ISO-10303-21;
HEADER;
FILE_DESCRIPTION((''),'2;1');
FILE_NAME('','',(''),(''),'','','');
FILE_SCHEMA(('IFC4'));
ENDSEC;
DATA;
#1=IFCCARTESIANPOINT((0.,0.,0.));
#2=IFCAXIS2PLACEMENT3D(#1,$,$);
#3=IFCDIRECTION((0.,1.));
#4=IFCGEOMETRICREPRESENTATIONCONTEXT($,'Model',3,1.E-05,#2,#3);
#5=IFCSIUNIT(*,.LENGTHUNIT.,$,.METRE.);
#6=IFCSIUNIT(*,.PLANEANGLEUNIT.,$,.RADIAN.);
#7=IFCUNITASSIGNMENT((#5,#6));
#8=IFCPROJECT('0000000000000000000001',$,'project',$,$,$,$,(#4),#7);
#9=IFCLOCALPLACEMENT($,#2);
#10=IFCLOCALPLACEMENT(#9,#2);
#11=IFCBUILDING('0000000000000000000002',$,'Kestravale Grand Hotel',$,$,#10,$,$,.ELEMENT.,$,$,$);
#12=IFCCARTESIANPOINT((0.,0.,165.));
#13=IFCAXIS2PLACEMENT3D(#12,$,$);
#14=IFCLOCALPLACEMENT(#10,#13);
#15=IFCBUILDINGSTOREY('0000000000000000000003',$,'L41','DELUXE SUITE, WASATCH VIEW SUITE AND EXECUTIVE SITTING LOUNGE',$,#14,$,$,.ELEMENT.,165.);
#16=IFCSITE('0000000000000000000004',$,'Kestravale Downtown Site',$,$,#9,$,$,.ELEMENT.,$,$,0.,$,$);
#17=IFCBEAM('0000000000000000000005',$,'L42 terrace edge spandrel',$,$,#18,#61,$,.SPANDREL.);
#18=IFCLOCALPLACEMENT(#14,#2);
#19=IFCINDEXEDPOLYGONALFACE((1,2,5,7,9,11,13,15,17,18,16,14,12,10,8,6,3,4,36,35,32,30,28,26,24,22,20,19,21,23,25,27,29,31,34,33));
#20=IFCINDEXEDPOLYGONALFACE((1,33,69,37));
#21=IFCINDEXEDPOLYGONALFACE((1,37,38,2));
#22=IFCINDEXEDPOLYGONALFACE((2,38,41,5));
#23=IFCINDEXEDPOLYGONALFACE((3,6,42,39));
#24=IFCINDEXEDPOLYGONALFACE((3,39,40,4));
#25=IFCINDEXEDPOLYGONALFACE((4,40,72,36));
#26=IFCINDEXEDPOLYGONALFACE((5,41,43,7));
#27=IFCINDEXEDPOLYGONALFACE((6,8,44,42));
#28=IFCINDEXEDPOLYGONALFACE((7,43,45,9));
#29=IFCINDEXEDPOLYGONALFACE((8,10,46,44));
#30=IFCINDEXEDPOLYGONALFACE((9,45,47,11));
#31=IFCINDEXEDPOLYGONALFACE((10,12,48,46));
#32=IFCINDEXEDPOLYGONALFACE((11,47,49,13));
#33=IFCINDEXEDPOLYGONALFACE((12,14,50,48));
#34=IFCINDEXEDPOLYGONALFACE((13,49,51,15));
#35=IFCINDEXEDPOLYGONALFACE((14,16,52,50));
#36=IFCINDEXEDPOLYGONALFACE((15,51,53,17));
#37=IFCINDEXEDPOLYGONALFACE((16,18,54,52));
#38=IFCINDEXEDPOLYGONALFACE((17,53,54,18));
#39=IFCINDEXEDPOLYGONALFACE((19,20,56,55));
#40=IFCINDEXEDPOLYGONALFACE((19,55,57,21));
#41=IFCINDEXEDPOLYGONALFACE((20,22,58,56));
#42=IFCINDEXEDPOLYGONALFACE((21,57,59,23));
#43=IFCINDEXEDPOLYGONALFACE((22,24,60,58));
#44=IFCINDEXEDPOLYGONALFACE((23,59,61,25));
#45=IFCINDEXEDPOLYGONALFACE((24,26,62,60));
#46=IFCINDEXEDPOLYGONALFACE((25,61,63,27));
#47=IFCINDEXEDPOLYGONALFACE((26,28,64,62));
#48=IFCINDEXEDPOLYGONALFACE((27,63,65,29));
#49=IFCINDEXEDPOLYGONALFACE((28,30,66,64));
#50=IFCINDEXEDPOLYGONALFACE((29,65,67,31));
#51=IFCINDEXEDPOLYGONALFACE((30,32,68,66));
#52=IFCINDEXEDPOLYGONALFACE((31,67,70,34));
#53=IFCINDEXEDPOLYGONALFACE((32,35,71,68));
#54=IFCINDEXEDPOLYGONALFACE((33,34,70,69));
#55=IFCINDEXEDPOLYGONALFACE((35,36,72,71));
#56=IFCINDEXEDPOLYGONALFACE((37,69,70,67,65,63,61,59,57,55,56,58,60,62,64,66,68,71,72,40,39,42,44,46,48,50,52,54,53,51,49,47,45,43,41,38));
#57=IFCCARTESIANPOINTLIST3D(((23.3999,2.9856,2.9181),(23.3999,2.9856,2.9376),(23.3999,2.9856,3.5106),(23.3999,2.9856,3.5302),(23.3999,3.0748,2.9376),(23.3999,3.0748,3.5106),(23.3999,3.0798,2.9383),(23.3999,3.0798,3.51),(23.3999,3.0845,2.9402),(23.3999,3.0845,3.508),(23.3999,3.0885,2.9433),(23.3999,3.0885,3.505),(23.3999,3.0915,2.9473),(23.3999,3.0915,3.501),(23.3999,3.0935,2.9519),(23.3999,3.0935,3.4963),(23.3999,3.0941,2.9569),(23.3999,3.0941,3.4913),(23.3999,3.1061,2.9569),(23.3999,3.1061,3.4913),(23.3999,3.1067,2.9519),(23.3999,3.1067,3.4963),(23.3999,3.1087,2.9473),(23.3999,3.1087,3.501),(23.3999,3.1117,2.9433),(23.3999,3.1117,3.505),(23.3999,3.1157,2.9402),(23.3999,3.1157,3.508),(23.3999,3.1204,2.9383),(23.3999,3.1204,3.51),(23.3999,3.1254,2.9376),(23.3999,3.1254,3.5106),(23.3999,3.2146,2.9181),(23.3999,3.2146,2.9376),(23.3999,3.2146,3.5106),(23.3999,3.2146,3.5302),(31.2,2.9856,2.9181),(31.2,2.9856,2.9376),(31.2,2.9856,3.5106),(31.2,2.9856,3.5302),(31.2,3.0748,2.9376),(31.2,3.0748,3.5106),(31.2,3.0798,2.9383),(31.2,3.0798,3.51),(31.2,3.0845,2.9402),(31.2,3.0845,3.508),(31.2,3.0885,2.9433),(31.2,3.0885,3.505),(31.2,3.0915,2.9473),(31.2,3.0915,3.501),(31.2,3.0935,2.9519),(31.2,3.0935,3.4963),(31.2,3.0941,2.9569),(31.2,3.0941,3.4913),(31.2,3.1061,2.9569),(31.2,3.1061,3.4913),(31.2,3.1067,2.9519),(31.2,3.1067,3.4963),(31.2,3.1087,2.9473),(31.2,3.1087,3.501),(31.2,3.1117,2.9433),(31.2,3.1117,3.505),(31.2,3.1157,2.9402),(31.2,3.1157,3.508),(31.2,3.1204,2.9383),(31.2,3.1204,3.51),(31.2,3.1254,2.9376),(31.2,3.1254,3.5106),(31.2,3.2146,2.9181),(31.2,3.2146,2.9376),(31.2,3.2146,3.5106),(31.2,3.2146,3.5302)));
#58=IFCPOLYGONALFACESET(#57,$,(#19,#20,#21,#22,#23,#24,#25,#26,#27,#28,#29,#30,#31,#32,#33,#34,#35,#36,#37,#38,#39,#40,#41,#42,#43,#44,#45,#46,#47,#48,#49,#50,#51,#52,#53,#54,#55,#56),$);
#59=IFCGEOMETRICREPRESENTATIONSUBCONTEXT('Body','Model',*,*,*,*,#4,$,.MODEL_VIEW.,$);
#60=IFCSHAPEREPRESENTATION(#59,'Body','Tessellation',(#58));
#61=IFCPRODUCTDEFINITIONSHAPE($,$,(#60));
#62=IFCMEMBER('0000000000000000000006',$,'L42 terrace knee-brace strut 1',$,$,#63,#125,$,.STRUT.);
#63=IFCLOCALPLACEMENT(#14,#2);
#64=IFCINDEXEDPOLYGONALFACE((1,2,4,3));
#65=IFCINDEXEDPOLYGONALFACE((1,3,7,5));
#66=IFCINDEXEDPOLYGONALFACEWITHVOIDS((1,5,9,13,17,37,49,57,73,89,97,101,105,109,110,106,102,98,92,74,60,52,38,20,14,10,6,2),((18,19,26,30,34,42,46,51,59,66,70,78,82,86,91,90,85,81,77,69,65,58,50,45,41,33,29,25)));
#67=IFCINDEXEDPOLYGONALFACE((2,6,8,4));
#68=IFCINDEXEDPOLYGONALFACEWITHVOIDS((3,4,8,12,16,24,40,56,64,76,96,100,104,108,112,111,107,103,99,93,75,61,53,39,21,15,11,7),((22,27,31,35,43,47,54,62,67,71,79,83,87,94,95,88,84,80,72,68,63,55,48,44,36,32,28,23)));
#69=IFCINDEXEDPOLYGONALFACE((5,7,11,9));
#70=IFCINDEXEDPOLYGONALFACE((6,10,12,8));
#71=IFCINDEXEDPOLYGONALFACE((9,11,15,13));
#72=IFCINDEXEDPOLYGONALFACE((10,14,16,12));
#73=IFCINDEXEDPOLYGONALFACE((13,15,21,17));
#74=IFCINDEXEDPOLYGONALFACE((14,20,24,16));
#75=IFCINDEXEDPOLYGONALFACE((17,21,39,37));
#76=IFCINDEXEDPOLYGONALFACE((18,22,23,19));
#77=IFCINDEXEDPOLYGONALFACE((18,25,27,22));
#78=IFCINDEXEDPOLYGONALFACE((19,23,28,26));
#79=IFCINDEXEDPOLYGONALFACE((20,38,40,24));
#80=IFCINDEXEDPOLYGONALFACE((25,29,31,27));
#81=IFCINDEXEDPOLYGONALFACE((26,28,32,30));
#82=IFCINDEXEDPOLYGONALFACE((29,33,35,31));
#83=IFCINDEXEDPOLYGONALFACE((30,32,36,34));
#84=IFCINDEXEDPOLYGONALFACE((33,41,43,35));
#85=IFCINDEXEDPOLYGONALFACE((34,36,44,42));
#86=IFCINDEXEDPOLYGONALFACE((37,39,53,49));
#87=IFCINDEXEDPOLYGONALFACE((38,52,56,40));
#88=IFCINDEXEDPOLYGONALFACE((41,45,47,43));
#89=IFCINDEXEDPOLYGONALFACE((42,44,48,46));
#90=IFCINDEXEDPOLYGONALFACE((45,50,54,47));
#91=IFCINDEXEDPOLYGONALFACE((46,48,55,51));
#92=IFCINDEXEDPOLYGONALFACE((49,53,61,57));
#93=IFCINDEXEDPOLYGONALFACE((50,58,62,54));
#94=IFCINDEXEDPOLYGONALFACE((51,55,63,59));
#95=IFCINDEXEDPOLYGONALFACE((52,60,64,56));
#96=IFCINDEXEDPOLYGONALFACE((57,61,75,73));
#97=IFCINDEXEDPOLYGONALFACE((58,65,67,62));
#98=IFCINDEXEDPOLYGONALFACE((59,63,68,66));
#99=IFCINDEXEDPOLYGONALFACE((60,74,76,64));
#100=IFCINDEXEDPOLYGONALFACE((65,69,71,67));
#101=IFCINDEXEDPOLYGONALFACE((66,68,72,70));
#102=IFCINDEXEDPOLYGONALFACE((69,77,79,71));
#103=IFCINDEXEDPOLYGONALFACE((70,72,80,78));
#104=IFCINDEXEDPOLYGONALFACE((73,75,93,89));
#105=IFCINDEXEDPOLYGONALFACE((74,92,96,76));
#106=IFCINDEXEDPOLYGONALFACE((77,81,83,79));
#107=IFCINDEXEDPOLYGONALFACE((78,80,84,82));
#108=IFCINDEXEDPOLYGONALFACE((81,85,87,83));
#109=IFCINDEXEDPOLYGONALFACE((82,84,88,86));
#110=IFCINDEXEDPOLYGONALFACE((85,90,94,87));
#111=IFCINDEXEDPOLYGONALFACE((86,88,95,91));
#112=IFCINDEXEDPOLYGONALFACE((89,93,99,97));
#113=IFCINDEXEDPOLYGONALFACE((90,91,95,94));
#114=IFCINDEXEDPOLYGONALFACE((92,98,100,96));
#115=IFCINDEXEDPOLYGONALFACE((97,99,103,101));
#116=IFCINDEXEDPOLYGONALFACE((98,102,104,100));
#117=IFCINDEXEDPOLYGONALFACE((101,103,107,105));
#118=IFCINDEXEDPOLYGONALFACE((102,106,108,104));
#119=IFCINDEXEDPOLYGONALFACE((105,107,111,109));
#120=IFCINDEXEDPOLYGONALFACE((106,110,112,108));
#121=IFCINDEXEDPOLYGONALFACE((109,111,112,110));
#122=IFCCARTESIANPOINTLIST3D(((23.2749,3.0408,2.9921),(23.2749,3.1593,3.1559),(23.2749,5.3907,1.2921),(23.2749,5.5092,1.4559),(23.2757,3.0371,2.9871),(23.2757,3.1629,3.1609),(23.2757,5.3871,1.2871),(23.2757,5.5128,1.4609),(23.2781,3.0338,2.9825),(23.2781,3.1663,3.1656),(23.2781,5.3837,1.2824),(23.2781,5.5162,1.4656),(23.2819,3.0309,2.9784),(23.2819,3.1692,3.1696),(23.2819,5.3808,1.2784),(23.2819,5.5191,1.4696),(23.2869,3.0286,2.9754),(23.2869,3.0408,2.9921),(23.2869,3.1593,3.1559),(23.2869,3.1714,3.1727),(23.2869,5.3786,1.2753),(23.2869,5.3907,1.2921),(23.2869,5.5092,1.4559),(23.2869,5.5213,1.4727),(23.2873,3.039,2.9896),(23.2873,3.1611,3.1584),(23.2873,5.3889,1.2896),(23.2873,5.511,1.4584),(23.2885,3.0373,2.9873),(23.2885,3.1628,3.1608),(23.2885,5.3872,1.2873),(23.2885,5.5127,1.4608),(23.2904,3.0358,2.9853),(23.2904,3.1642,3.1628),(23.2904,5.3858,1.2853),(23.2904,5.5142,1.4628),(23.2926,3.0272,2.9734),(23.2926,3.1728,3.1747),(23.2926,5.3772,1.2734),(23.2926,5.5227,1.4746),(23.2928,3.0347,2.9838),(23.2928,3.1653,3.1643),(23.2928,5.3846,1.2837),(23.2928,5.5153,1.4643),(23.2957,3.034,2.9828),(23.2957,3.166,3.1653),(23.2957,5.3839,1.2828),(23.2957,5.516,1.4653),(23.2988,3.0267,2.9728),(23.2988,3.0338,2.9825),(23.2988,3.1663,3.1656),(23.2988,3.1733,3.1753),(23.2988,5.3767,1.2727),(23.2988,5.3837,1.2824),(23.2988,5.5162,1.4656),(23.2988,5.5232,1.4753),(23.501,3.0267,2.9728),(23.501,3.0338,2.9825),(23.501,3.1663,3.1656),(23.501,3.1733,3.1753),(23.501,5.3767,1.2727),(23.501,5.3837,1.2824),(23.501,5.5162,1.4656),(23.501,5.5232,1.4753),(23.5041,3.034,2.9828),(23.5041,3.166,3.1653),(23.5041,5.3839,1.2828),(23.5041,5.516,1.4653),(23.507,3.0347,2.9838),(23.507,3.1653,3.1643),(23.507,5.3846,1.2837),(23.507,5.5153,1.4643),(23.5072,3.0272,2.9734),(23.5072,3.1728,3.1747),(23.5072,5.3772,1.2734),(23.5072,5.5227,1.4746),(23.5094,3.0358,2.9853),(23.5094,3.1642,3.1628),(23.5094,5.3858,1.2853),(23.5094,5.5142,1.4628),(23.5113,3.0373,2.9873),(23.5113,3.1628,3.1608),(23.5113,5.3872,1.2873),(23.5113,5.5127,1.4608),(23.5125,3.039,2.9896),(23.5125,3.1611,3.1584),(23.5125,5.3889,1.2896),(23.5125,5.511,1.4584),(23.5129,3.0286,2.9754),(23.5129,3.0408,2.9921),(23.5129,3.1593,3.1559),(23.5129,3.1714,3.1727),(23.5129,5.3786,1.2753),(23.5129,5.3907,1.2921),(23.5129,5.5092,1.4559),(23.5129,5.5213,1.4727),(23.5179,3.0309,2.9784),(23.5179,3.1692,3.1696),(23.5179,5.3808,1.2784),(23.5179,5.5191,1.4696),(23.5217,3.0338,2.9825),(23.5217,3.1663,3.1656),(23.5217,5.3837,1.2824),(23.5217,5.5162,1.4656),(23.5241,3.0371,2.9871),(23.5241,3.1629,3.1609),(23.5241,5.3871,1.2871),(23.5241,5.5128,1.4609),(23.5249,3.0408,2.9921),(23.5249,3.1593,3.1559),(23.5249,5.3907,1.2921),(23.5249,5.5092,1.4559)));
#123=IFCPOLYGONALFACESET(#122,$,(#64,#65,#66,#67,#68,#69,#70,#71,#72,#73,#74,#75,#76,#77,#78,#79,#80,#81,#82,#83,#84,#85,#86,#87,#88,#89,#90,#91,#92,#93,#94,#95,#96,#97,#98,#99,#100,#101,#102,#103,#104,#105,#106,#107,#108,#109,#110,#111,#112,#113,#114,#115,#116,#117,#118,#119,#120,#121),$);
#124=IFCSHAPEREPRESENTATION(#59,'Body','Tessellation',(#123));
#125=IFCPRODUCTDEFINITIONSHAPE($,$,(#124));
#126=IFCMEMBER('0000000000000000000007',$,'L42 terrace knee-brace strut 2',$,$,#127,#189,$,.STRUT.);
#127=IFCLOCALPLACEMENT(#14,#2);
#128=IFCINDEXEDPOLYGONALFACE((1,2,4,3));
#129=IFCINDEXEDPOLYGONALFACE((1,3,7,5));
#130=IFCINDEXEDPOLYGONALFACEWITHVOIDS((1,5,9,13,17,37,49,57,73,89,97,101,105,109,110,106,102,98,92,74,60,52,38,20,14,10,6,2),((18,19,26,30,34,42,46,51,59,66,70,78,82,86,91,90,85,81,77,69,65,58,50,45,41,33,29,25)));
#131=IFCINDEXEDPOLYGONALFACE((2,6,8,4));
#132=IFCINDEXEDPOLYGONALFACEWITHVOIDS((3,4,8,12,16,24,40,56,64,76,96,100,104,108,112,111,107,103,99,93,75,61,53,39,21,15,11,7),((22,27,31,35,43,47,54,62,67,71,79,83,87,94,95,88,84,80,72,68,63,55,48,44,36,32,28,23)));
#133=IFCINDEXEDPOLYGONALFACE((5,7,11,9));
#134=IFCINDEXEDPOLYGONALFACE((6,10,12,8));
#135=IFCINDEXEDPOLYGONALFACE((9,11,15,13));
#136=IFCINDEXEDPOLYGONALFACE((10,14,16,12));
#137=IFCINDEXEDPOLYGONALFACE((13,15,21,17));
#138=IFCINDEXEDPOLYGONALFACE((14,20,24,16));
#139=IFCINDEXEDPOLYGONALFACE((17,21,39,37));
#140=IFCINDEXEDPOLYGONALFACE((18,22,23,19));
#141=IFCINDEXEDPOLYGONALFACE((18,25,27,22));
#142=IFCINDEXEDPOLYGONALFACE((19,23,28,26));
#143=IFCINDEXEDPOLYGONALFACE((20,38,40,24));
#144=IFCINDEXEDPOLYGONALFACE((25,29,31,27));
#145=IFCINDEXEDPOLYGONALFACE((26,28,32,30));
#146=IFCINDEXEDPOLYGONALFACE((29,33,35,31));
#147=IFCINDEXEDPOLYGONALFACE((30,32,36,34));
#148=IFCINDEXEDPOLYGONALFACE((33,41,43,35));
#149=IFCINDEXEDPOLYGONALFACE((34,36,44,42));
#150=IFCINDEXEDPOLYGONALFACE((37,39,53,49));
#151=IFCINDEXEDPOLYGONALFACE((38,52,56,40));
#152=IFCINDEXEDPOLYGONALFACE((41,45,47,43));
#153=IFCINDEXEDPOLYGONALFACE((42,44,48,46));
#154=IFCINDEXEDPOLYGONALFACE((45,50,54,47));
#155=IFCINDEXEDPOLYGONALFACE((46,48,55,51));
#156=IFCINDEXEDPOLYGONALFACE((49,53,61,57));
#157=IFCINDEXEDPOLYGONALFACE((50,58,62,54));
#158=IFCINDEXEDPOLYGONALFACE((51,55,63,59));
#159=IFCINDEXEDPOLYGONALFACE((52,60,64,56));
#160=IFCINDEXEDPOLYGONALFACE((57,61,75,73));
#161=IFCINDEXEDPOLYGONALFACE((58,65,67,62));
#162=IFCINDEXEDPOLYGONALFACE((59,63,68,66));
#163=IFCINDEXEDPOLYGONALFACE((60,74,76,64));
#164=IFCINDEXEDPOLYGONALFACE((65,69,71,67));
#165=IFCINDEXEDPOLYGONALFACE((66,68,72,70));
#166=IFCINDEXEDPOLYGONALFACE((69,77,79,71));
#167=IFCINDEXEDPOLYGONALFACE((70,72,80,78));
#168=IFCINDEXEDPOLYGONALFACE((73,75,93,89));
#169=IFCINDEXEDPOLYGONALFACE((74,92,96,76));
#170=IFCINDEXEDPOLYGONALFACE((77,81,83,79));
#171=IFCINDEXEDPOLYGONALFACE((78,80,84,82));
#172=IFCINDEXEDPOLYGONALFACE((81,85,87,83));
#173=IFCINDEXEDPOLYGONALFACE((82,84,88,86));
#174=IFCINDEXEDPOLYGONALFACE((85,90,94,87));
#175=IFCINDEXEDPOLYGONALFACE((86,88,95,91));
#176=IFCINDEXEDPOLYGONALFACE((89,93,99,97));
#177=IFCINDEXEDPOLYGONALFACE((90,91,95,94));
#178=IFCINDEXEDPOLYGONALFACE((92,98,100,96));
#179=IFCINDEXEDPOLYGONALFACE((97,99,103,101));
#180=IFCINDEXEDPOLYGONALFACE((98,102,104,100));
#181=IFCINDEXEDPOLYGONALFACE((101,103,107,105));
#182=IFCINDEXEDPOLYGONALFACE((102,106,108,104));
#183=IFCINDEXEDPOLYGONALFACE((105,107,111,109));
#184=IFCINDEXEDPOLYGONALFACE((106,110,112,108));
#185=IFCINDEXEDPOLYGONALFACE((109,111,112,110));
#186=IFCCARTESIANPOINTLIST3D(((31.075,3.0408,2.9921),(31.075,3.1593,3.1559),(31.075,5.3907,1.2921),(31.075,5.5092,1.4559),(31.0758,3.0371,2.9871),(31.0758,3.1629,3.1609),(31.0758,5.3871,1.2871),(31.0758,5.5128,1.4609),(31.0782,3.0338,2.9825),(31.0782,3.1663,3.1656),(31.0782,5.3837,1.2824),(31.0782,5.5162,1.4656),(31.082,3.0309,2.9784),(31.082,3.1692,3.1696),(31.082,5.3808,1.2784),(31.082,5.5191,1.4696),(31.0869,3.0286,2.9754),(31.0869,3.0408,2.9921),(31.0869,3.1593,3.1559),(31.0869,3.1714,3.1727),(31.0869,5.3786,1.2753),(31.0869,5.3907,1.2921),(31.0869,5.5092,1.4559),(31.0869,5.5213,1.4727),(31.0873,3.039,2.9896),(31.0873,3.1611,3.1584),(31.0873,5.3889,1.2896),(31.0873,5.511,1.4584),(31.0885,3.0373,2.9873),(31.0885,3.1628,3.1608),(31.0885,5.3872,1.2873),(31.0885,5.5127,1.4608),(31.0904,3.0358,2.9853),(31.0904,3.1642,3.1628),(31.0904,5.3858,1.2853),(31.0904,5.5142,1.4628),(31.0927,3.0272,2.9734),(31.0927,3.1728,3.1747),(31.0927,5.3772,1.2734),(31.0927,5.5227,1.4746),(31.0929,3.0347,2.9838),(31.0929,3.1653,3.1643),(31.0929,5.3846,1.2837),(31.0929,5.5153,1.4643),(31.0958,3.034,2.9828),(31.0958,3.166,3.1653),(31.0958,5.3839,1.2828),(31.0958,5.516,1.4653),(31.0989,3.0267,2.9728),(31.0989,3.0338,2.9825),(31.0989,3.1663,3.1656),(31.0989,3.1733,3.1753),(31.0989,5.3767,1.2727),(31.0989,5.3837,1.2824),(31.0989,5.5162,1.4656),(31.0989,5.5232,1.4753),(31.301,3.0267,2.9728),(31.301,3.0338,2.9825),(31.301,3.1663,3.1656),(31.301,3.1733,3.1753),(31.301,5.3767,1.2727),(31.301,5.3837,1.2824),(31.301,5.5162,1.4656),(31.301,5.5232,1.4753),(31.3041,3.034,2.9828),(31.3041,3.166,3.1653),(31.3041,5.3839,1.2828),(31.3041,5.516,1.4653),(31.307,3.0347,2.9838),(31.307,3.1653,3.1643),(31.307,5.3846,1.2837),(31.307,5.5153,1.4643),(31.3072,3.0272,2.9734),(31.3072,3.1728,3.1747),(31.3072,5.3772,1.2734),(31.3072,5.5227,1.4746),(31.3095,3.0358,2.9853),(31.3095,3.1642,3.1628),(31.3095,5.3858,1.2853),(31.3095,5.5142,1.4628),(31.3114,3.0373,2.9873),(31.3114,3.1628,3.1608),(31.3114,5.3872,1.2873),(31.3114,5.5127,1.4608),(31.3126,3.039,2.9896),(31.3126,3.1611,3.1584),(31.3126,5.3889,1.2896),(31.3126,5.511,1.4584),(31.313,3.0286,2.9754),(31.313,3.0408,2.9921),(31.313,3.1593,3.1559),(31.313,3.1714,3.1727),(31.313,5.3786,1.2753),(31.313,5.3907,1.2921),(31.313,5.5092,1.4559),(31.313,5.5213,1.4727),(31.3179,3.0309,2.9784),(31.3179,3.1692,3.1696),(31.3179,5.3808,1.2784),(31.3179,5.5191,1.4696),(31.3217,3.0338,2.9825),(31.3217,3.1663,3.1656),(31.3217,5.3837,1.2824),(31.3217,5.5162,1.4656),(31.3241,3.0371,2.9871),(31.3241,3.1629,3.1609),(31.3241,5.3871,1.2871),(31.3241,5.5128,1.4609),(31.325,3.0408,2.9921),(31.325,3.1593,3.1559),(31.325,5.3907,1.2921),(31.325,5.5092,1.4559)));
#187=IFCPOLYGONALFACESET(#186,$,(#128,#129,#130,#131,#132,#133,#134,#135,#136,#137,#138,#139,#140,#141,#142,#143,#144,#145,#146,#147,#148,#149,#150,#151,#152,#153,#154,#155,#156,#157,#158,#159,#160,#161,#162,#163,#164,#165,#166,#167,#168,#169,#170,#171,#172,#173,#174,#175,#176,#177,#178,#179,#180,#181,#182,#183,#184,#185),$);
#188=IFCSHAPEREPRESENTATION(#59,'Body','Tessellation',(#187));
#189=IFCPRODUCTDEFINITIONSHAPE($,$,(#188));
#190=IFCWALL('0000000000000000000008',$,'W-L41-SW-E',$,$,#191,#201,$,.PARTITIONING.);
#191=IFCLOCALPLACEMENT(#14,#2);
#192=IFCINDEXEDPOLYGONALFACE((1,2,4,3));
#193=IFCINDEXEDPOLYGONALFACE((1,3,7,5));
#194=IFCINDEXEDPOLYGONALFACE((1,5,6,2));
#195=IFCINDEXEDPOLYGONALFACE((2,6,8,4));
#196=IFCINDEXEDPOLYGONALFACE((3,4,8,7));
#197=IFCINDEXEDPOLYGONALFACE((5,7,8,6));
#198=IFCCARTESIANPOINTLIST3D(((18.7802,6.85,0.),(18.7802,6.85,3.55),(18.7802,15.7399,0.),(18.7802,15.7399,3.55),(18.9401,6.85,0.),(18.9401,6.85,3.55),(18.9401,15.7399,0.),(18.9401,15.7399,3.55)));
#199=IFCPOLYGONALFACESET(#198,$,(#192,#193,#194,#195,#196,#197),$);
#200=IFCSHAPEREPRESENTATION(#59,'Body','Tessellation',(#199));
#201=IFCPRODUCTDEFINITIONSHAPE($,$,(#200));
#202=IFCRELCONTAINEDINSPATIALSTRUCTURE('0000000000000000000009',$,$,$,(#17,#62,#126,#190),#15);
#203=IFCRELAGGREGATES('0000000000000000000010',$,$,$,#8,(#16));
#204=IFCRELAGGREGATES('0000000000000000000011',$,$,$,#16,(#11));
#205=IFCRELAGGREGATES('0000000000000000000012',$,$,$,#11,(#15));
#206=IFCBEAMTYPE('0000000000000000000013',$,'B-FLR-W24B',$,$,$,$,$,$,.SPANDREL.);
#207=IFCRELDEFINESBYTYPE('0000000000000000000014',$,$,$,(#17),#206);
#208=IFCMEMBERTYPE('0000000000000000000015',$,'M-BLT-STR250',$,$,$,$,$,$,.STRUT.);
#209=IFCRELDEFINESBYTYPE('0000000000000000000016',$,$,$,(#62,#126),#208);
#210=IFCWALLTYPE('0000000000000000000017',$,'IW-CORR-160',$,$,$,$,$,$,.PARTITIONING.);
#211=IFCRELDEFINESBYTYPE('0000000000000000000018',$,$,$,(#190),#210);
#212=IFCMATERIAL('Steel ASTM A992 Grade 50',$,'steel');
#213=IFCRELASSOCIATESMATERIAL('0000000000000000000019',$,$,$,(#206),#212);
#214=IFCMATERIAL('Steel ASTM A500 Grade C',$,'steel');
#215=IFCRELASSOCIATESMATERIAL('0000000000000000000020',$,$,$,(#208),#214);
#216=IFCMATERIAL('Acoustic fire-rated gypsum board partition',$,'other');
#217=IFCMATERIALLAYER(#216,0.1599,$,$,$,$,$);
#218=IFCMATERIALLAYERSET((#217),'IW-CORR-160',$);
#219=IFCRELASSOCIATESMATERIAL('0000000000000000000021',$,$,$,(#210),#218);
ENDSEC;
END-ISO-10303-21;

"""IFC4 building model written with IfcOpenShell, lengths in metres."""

from ifc_helpers import new_model, si_unit, direction, frame, frame_2d, origin, origin_2d, place, context, subcontext, project, spatial, rectangle, hollow_rectangle, i_section, extrude, material, layer, layer_set, material_profile, profile_set, type_object, element, save


model = new_model("IFC4")

# Units and contexts
model_context = context("Model", 3, precision=1e-05, world=origin(), true_north=direction((0.0, 1.0)))
body_context = subcontext(model_context, "Body", "Model", "MODEL_VIEW")
ifc_project = project(units=[si_unit("LENGTHUNIT", "METRE"), si_unit("PLANEANGLEUNIT", "RADIAN")], contexts=[model_context])

# Site, building, storey
site_placement = place(None, origin())
site = spatial("IfcSite", under=ifc_project, at=site_placement, Name="Kestravale Downtown Site", CompositionType="ELEMENT", RefElevation=0.0)
building_placement = place(site_placement, origin())
building = spatial("IfcBuilding", under=site, at=building_placement, Name="Kestravale Grand Hotel", CompositionType="ELEMENT")
storey_placement = place(building_placement, frame((0.0, 0.0, 165.0)))
storey = spatial("IfcBuildingStorey", under=building, at=storey_placement, Name="L41", Description="DELUXE SUITE, WASATCH VIEW SUITE AND EXECUTIVE SITTING LOUNGE", CompositionType="ELEMENT", Elevation=165.0)

# Beam
ifc_material_1 = material(Name="Steel ASTM A992 Grade 50", Category="steel")
ifc_material_profile_1 = material_profile(ifc_material_1, i_section(OverallWidth=0.229, OverallDepth=0.6121, WebThickness=0.012, FlangeThickness=0.0195, FilletRadius=0.0193, at=origin_2d()))
ifc_profile_set_1 = profile_set([ifc_material_profile_1], Name="Steel ASTM A992 Grade 50")
beam_type_1 = type_object("IfcBeamType", Name="B-FLR-W24B", PredefinedType="SPANDREL", material=ifc_profile_set_1)
beam_placement = place(storey_placement, frame((23.3999, 3.1001, 3.2241), z_axis=(1.0, 0.0, 0.0), x_axis=(0.0, 1.0, 0.0)))
element("IfcBeam", 1, at=beam_placement, inside=storey, type_object=beam_type_1, Name="L42 terrace edge spandrel", PredefinedType="SPANDREL", context=body_context, shape_type="SweptSolid", body=[
    extrude(i_section(OverallWidth=0.229, OverallDepth=0.6121, WebThickness=0.012, FlangeThickness=0.0195, FilletRadius=0.0193, at=origin_2d()), origin(), (0.0, 0.0, 1.0), 7.8),
])

# Members
ifc_material_2 = material(Name="Steel ASTM A500 Grade C", Category="steel")
ifc_material_profile_2 = material_profile(ifc_material_2, hollow_rectangle(XDim=0.25, YDim=0.25, WallThickness=0.012, InnerFilletRadius=0.012, OuterFilletRadius=0.0239, at=origin_2d()))
ifc_profile_set_2 = profile_set([ifc_material_profile_2], Name="Steel ASTM A500 Grade C")
member_type = type_object("IfcMemberType", Name="M-BLT-STR250", PredefinedType="STRUT", material=ifc_profile_set_2)
for number, where, z_axis, x_axis, name in (
    (2, (23.3999, 5.45, 1.374), (0.0, -0.810215, 0.586133), (1.0, 0.0, 0.0), "L42 terrace knee-brace strut 1"),
    (3, (31.2, 5.45, 1.374), (0.0, -0.810215, 0.586133), (1.0, 0.0, 0.0), "L42 terrace knee-brace strut 2"),
):
    element("IfcMember", number, at=place(storey_placement, frame(where, z_axis=z_axis, x_axis=x_axis)), inside=storey, type_object=member_type, Name=name, PredefinedType="STRUT", context=body_context, shape_type="SweptSolid", body=[
        extrude(hollow_rectangle(XDim=0.25, YDim=0.25, WallThickness=0.012, InnerFilletRadius=0.012, OuterFilletRadius=0.0239, at=origin_2d()), origin(), (0.0, 0.0, 1.0), 2.9004),
    ])

# Wall
ifc_material_3 = material(Name="Acoustic fire-rated gypsum board partition", Category="other")
ifc_layer_1 = layer(ifc_material_3, 0.1599)
ifc_layer_set_1 = layer_set([ifc_layer_1], Name="IW-CORR-160")
wall_type_1 = type_object("IfcWallType", Name="IW-CORR-160", PredefinedType="PARTITIONING", material=ifc_layer_set_1)
wall_1_placement = place(storey_placement, frame((18.8601, 6.8501, 0.0), z_axis=(0.0, 0.0, 1.0), x_axis=(0.0, 1.0, 0.0)))
element("IfcWall", 4, at=wall_1_placement, inside=storey, type_object=wall_type_1, Name="W-L41-SW-E", PredefinedType="PARTITIONING", context=body_context, shape_type="SweptSolid", body=[
    extrude(rectangle(XDim=8.8899, YDim=0.1599, at=frame_2d((4.4448, 0.0))), origin(), (0.0, 0.0, 1.0), 3.55),
])

save(model, "model.ifc")
